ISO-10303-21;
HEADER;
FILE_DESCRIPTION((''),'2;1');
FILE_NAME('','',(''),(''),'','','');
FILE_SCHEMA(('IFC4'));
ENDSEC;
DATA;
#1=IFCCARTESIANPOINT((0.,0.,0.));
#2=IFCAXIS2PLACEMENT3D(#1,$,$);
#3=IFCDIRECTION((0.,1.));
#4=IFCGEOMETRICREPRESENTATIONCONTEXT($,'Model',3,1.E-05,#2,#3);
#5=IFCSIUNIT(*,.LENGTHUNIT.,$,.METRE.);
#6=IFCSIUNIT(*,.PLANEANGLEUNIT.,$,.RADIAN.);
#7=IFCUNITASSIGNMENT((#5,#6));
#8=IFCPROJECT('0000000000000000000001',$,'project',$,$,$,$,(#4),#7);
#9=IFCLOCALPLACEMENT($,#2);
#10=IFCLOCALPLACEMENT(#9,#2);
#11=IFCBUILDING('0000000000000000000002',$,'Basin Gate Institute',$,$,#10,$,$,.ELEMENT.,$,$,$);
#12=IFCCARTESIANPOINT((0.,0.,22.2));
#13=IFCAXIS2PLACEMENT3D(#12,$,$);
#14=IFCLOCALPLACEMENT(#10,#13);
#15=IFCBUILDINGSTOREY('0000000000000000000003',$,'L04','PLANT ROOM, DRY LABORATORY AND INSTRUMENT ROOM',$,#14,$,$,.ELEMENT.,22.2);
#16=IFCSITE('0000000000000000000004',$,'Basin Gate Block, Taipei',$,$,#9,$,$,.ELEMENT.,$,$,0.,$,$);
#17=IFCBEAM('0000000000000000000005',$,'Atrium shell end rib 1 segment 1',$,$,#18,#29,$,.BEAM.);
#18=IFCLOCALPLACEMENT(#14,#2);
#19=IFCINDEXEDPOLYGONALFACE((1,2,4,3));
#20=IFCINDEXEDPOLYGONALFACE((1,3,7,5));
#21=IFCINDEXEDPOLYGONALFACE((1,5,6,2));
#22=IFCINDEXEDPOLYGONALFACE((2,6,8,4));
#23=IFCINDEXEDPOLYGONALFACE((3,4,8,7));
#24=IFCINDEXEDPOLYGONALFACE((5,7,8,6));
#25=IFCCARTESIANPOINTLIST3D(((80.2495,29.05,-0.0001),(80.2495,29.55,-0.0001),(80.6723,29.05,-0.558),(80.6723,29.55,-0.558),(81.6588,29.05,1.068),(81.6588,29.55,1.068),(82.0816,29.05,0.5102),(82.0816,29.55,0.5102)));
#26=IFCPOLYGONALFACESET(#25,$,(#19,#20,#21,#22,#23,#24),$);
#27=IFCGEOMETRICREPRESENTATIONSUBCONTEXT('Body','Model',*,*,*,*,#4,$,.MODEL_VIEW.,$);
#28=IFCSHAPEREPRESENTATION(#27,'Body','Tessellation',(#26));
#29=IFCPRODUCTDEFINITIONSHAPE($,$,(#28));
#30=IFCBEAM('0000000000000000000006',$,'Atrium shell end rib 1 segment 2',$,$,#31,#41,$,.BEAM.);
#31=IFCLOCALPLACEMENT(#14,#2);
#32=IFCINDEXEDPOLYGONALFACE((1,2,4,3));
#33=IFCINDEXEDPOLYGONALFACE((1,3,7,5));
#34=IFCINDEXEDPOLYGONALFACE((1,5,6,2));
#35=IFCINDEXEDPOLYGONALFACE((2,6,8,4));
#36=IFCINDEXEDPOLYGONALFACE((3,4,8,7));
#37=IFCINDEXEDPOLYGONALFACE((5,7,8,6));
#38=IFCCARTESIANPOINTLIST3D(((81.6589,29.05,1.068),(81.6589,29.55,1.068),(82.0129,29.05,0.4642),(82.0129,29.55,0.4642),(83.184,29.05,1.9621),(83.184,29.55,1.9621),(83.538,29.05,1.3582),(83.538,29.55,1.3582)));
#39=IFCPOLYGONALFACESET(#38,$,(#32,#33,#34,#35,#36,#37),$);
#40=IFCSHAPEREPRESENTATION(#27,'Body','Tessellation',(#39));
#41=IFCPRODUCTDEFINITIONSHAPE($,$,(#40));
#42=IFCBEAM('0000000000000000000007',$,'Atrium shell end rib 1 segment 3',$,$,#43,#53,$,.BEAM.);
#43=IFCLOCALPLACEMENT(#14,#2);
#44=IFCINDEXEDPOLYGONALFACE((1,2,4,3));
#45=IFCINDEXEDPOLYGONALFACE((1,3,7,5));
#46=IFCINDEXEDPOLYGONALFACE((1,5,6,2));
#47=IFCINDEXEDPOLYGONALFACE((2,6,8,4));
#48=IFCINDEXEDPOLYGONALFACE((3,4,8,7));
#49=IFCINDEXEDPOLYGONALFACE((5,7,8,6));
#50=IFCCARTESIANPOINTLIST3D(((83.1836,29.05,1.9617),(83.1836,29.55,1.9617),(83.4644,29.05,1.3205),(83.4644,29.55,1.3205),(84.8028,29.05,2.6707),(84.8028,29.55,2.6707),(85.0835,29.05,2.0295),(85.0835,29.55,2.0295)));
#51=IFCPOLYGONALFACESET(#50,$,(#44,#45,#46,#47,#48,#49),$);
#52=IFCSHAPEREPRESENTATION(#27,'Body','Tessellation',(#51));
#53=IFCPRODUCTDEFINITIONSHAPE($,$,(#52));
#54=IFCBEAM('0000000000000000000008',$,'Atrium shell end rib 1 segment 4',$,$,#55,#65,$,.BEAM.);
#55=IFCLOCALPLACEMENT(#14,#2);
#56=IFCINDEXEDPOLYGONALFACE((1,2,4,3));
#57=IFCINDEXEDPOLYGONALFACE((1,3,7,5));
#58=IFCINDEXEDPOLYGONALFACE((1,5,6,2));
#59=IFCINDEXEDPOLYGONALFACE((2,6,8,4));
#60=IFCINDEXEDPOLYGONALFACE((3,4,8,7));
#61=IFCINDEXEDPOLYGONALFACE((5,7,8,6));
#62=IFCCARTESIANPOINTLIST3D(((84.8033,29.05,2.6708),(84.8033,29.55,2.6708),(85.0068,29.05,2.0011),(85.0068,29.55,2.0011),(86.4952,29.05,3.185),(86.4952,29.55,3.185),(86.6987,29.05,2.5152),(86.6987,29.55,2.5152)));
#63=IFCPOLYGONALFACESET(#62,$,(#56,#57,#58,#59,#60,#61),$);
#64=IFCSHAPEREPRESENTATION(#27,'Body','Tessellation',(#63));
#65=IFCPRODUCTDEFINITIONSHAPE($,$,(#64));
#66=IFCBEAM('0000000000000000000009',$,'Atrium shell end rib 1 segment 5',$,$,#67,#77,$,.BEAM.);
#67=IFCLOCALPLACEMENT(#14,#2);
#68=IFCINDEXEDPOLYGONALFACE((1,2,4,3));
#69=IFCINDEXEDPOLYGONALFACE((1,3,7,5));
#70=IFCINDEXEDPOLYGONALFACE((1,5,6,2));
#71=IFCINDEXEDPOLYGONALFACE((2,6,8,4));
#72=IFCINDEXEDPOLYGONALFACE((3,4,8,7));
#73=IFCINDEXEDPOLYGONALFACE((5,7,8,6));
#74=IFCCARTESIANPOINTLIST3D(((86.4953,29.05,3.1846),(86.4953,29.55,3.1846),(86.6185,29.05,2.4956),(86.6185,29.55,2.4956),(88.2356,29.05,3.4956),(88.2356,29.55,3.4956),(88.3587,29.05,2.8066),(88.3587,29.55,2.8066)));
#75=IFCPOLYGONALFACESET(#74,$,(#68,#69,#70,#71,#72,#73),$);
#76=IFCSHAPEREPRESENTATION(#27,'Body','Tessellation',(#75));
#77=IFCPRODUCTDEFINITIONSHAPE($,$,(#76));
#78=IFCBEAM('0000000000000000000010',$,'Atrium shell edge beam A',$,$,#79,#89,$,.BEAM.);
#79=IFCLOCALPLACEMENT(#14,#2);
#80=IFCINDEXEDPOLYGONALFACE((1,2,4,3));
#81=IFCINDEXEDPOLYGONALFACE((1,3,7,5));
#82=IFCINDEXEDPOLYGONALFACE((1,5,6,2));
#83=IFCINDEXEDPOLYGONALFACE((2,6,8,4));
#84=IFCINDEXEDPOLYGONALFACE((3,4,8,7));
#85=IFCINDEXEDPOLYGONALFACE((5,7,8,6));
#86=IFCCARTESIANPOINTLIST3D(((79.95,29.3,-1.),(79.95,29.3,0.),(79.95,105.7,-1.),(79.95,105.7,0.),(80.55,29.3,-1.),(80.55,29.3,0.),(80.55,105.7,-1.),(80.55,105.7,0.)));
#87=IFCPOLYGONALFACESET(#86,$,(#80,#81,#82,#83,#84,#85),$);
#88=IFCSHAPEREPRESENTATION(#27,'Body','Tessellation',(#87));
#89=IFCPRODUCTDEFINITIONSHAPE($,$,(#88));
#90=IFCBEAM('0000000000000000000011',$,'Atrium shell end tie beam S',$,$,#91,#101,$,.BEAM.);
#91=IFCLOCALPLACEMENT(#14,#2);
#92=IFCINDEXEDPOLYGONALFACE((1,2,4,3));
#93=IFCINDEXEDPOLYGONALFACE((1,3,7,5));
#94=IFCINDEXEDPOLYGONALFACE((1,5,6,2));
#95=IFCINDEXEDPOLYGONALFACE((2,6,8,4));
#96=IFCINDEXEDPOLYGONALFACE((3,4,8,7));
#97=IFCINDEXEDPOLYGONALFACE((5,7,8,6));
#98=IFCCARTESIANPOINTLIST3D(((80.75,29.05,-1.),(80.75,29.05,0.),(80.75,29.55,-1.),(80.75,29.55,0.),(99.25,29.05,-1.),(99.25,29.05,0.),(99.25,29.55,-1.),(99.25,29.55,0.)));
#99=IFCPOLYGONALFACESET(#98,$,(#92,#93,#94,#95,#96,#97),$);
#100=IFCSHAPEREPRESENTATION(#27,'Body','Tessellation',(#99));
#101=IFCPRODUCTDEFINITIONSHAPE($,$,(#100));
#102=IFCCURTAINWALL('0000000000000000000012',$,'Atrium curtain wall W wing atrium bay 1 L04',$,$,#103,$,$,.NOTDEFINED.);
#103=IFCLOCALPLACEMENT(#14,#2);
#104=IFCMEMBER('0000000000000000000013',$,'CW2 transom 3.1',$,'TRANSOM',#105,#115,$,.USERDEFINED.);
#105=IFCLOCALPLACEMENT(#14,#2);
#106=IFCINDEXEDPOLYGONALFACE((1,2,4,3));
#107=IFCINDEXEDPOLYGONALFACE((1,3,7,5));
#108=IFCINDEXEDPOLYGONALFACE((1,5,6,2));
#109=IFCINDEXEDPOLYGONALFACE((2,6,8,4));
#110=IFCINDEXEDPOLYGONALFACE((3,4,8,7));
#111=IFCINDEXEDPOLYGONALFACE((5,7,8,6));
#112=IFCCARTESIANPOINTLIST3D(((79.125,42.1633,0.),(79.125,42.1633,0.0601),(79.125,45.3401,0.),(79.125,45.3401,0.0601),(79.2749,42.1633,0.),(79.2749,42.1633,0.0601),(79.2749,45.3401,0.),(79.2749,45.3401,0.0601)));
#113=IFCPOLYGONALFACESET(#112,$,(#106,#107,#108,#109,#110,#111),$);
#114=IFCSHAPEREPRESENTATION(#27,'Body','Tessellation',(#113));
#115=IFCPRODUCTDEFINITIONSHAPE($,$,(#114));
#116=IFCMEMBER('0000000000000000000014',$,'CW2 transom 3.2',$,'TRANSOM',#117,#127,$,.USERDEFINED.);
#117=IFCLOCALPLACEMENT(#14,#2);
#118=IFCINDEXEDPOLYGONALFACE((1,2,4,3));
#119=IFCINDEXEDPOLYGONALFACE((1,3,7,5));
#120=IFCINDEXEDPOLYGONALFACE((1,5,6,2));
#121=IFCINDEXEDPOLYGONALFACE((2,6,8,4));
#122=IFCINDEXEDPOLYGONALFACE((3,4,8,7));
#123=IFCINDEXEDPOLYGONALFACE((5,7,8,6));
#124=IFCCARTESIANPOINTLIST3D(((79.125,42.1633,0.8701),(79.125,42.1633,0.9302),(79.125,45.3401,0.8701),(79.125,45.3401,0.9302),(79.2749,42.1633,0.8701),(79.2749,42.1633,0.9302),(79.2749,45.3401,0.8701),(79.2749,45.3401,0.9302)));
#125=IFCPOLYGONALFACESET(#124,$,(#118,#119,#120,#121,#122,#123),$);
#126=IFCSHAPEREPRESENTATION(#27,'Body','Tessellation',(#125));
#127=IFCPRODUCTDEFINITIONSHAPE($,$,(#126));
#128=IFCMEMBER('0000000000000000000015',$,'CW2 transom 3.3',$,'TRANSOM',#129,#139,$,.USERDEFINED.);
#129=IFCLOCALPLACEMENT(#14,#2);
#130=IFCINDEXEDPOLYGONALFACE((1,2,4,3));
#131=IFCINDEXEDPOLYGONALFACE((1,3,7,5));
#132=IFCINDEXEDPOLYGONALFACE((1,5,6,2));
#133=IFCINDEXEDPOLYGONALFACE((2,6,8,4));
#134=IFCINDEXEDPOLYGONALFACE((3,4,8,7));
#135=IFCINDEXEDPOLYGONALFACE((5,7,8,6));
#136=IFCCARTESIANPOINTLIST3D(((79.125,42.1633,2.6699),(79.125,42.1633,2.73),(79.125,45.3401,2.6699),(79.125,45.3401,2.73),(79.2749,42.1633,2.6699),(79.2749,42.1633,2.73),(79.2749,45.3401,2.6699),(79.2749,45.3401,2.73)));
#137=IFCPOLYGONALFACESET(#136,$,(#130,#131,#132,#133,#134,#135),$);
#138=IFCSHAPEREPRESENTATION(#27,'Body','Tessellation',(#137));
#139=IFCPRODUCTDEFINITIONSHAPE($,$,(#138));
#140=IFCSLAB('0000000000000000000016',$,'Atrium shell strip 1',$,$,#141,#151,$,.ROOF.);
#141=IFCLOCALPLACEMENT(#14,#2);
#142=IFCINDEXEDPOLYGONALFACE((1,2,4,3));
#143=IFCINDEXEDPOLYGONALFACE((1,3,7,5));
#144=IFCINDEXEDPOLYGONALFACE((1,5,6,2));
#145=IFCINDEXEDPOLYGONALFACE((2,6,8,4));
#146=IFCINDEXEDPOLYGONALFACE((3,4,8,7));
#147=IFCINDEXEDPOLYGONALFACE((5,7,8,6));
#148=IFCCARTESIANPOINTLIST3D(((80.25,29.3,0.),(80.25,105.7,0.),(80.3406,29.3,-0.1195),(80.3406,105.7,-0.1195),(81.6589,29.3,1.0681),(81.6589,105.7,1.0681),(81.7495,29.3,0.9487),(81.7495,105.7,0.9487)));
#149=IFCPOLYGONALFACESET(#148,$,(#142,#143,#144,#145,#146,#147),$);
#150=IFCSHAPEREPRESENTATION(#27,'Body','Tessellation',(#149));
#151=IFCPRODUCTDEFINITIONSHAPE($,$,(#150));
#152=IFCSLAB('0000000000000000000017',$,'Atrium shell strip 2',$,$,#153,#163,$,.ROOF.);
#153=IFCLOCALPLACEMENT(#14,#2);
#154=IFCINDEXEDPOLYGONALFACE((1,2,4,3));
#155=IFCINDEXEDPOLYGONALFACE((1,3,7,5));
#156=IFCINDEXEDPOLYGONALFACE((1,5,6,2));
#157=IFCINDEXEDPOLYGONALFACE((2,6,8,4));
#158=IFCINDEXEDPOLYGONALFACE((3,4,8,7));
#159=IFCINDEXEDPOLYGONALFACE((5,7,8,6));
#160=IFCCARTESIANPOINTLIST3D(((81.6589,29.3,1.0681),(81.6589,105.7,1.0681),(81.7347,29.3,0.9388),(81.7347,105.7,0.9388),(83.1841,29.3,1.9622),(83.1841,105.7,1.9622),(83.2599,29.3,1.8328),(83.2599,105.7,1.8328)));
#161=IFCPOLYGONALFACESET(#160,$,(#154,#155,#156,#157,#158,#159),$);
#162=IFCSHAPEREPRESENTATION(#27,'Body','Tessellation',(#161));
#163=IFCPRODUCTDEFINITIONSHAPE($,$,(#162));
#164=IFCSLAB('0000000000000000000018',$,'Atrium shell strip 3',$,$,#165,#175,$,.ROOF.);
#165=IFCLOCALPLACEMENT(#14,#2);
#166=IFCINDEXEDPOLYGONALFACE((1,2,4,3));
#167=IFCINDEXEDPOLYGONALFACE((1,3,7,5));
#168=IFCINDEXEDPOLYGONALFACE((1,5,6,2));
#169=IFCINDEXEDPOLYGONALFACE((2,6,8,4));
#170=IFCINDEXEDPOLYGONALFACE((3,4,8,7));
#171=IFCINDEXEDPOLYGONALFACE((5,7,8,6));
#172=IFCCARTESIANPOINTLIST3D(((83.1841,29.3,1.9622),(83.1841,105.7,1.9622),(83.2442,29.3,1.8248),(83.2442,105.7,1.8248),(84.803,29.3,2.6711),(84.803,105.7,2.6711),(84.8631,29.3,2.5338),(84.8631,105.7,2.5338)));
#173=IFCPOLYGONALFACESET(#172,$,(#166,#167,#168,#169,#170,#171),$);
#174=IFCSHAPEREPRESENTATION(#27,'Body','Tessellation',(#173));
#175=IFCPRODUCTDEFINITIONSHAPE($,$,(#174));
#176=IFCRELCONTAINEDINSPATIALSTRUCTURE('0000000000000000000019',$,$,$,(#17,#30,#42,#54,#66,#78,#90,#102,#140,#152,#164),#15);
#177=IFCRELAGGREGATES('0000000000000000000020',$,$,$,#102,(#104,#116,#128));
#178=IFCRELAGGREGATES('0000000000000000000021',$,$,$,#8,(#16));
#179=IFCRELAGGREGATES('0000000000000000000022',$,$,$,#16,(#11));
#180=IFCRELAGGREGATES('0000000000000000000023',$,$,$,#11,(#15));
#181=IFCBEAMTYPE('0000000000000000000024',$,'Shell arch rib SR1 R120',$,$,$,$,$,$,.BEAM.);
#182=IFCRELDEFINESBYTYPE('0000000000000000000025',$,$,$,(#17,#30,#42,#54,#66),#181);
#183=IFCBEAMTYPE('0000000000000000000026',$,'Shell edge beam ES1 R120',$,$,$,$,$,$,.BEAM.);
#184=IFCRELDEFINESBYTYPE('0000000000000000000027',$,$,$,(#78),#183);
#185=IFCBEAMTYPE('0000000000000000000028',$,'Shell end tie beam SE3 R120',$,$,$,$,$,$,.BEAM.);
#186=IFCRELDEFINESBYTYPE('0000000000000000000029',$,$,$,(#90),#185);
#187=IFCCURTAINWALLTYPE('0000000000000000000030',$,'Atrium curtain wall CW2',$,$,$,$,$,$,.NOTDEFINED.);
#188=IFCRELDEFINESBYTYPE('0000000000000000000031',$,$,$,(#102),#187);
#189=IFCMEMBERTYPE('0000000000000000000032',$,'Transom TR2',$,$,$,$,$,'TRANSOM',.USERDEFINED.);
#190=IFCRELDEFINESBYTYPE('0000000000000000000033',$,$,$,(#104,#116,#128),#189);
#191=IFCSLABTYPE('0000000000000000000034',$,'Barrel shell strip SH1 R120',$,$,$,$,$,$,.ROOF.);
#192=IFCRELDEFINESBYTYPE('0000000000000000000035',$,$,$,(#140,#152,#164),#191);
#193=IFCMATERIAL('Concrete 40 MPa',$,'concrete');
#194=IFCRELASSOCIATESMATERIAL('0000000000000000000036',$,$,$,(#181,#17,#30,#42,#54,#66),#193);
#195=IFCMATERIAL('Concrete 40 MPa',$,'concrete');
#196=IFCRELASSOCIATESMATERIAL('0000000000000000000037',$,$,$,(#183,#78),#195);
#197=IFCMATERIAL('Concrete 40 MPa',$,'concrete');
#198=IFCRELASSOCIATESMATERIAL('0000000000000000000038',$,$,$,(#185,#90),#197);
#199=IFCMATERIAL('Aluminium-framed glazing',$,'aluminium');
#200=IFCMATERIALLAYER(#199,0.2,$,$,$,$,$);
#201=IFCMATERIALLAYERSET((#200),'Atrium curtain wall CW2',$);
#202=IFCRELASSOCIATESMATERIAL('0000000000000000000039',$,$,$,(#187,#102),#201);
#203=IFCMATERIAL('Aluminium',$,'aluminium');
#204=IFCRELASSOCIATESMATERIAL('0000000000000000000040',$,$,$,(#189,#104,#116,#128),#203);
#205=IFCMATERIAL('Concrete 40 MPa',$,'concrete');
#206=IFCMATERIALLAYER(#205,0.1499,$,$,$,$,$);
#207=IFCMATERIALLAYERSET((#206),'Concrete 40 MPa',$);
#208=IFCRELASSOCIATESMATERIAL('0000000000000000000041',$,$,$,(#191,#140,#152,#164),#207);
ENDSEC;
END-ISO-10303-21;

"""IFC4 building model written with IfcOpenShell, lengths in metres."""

from ifc_helpers import new_model, si_unit, direction, frame, origin, origin_2d, place, context, subcontext, project, spatial, polyline, rectangle, outline, extrude, material, layer, layer_set, material_profile, profile_set, type_object, element, aggregate, save


model = new_model("IFC4")

# Units and contexts
model_context = context("Model", 3, precision=1e-05, world=origin(), true_north=direction((0.0, 1.0)))
body_context = subcontext(model_context, "Body", "Model", "MODEL_VIEW")
ifc_project = project(units=[si_unit("LENGTHUNIT", "METRE"), si_unit("PLANEANGLEUNIT", "RADIAN")], contexts=[model_context])

# Site, building, storey
site_placement = place(None, origin())
site = spatial("IfcSite", under=ifc_project, at=site_placement, Name="Basin Gate Block, Taipei", CompositionType="ELEMENT", RefElevation=0.0)
building_placement = place(site_placement, origin())
building = spatial("IfcBuilding", under=site, at=building_placement, Name="Basin Gate Institute", CompositionType="ELEMENT")
storey_placement = place(building_placement, frame((0.0, 0.0, 22.2)))
storey = spatial("IfcBuildingStorey", under=building, at=storey_placement, Name="L04", Description="PLANT ROOM, DRY LABORATORY AND INSTRUMENT ROOM", CompositionType="ELEMENT", Elevation=22.2)

# Beams
ifc_material_1 = material(Name="Concrete 40 MPa", Category="concrete")
ifc_material_profile_1 = material_profile(ifc_material_1, rectangle(XDim=0.5, YDim=0.7, at=origin_2d()), Name="Shell arch rib SR1 500 x 700")
ifc_profile_set_1 = profile_set([ifc_material_profile_1], Name="Concrete 40 MPa")
beam_type_1 = type_object("IfcBeamType", Name="Shell arch rib SR1 R120", PredefinedType="BEAM", material=ifc_profile_set_1)
beam_1_placement = place(storey_placement, frame((80.4609, 29.3, -0.2791), z_axis=(0.796941, 0.0, 0.604057), x_axis=(0.0, 1.0, 0.0)))
element("IfcBeam", 1, at=beam_1_placement, inside=storey, type_object=beam_type_1, material=ifc_profile_set_1, Name="Atrium shell end rib 1 segment 1", PredefinedType="BEAM", context=body_context, shape_type="SweptSolid", body=[
    extrude(rectangle(XDim=0.5, YDim=0.7, at=origin_2d()), origin(), (0.0, 0.0, 1.0), 1.7683),
])
beam_2_placement = place(storey_placement, frame((81.8359, 29.3, 0.7661), z_axis=(0.8627, 0.0, 0.505716), x_axis=(0.0, 1.0, 0.0)))
element("IfcBeam", 2, at=beam_2_placement, inside=storey, type_object=beam_type_1, material=ifc_profile_set_1, Name="Atrium shell end rib 1 segment 2", PredefinedType="BEAM", context=body_context, shape_type="SweptSolid", body=[
    extrude(rectangle(XDim=0.5, YDim=0.7, at=origin_2d()), origin(), (0.0, 0.0, 1.0), 1.7678),
])
beam_3_placement = place(storey_placement, frame((83.324, 29.3, 1.6411), z_axis=(0.91603, 0.0, 0.401109), x_axis=(0.0, 1.0, 0.0)))
element("IfcBeam", 3, at=beam_3_placement, inside=storey, type_object=beam_type_1, material=ifc_profile_set_1, Name="Atrium shell end rib 1 segment 3", PredefinedType="BEAM", context=body_context, shape_type="SweptSolid", body=[
    extrude(rectangle(XDim=0.5, YDim=0.7, at=origin_2d()), origin(), (0.0, 0.0, 1.0), 1.7676),
])
beam_4_placement = place(storey_placement, frame((84.905, 29.3, 2.3359), z_axis=(0.956794, 0.0, 0.290766), x_axis=(0.0, 1.0, 0.0)))
element("IfcBeam", 4, at=beam_4_placement, inside=storey, type_object=beam_type_1, material=ifc_profile_set_1, Name="Atrium shell end rib 1 segment 4", PredefinedType="BEAM", context=body_context, shape_type="SweptSolid", body=[
    extrude(rectangle(XDim=0.5, YDim=0.7, at=origin_2d()), origin(), (0.0, 0.0, 1.0), 1.7683),
])
beam_5_placement = place(storey_placement, frame((86.5569, 29.3, 2.8401), z_axis=(0.9844, 0.0, 0.175944), x_axis=(0.0, 1.0, 0.0)))
element("IfcBeam", 5, at=beam_5_placement, inside=storey, type_object=beam_type_1, material=ifc_profile_set_1, Name="Atrium shell end rib 1 segment 5", PredefinedType="BEAM", context=body_context, shape_type="SweptSolid", body=[
    extrude(rectangle(XDim=0.5, YDim=0.7, at=origin_2d()), origin(), (0.0, 0.0, 1.0), 1.7678),
])
ifc_material_2 = material(Name="Concrete 40 MPa", Category="concrete")
ifc_material_profile_2 = material_profile(ifc_material_2, rectangle(XDim=0.6001, YDim=1.0, at=origin_2d()), Name="Shell edge beam ES1 600 x 1000")
ifc_profile_set_2 = profile_set([ifc_material_profile_2], Name="Concrete 40 MPa")
beam_type_2 = type_object("IfcBeamType", Name="Shell edge beam ES1 R120", PredefinedType="BEAM", material=ifc_profile_set_2)
beam_6_placement = place(storey_placement, frame((80.25, 29.3, -0.5), z_axis=(0.0, 1.0, 0.0), x_axis=(-1.0, 0.0, 0.0)))
element("IfcBeam", 6, at=beam_6_placement, inside=storey, type_object=beam_type_2, material=ifc_profile_set_2, Name="Atrium shell edge beam A", PredefinedType="BEAM", context=body_context, shape_type="SweptSolid", body=[
    extrude(rectangle(XDim=0.6001, YDim=1.0, at=origin_2d()), origin(), (0.0, 0.0, 1.0), 76.3999),
])
ifc_material_3 = material(Name="Concrete 40 MPa", Category="concrete")
ifc_material_profile_3 = material_profile(ifc_material_3, rectangle(XDim=0.5, YDim=1.0, at=origin_2d()), Name="Shell end tie beam SE3 500 x 1000")
ifc_profile_set_3 = profile_set([ifc_material_profile_3], Name="Concrete 40 MPa")
beam_type_3 = type_object("IfcBeamType", Name="Shell end tie beam SE3 R120", PredefinedType="BEAM", material=ifc_profile_set_3)
beam_7_placement = place(storey_placement, frame((80.75, 29.3, -0.5), z_axis=(1.0, 0.0, 0.0), x_axis=(0.0, 1.0, 0.0)))
element("IfcBeam", 7, at=beam_7_placement, inside=storey, type_object=beam_type_3, material=ifc_profile_set_3, Name="Atrium shell end tie beam S", PredefinedType="BEAM", context=body_context, shape_type="SweptSolid", body=[
    extrude(rectangle(XDim=0.5, YDim=1.0, at=origin_2d()), origin(), (0.0, 0.0, 1.0), 18.5),
])

# Curtain wall, members
ifc_material_4 = material(Name="Aluminium-framed glazing", Category="aluminium")
ifc_layer_1 = layer(ifc_material_4, 0.2)
ifc_layer_set_1 = layer_set([ifc_layer_1], Name="Atrium curtain wall CW2")
curtain_wall_type = type_object("IfcCurtainWallType", Name="Atrium curtain wall CW2", PredefinedType="NOTDEFINED", material=ifc_layer_set_1)
curtain_wall_placement = place(storey_placement, origin())
curtain_wall = element("IfcCurtainWall", 8, at=curtain_wall_placement, inside=storey, type_object=curtain_wall_type, material=ifc_layer_set_1, Name="Atrium curtain wall W wing atrium bay 1 L04", PredefinedType="NOTDEFINED")
ifc_material_5 = material(Name="Aluminium", Category="aluminium")
ifc_material_profile_4 = material_profile(ifc_material_5, rectangle(XDim=0.1499, YDim=0.0601, at=origin_2d()), Name="Transom TR2 150 x 60")
ifc_profile_set_4 = profile_set([ifc_material_profile_4], Name="Aluminium")
member_type = type_object("IfcMemberType", Name="Transom TR2", ElementType="TRANSOM", PredefinedType="USERDEFINED", material=ifc_profile_set_4)
member_1_placement = place(storey_placement, frame((79.2, 42.1633, 0.03), z_axis=(0.0, 1.0, 0.0), x_axis=(-1.0, 0.0, 0.0)))
member_1 = element("IfcMember", 9, at=member_1_placement, type_object=member_type, material=ifc_profile_set_4, Name="CW2 transom 3.1", ObjectType="TRANSOM", PredefinedType="USERDEFINED", context=body_context, shape_type="SweptSolid", body=[
    extrude(rectangle(XDim=0.1499, YDim=0.0601, at=origin_2d()), origin(), (0.0, 0.0, 1.0), 3.1768),
])
member_2_placement = place(storey_placement, frame((79.2, 42.1633, 0.9001), z_axis=(0.0, 1.0, 0.0), x_axis=(-1.0, 0.0, 0.0)))
member_2 = element("IfcMember", 10, at=member_2_placement, type_object=member_type, material=ifc_profile_set_4, Name="CW2 transom 3.2", ObjectType="TRANSOM", PredefinedType="USERDEFINED", context=body_context, shape_type="SweptSolid", body=[
    extrude(rectangle(XDim=0.1499, YDim=0.0601, at=origin_2d()), origin(), (0.0, 0.0, 1.0), 3.1768),
])
member_3_placement = place(storey_placement, frame((79.2, 42.1633, 2.7), z_axis=(0.0, 1.0, 0.0), x_axis=(-1.0, 0.0, 0.0)))
member_3 = element("IfcMember", 11, at=member_3_placement, type_object=member_type, material=ifc_profile_set_4, Name="CW2 transom 3.3", ObjectType="TRANSOM", PredefinedType="USERDEFINED", context=body_context, shape_type="SweptSolid", body=[
    extrude(rectangle(XDim=0.1499, YDim=0.0601, at=origin_2d()), origin(), (0.0, 0.0, 1.0), 3.1768),
])
aggregate(curtain_wall, [member_1, member_2, member_3])

# Slabs
ifc_material_6 = material(Name="Concrete 40 MPa", Category="concrete")
ifc_layer_2 = layer(ifc_material_6, 0.1499)
ifc_layer_set_2 = layer_set([ifc_layer_2], Name="Concrete 40 MPa")
slab_type = type_object("IfcSlabType", Name="Barrel shell strip SH1 R120", PredefinedType="ROOF", material=ifc_layer_set_2)
slab_1_placement = place(storey_placement, frame((80.25, 29.3, 0.0), z_axis=(-0.604124, 0.0, 0.796891), x_axis=(0.796891, 0.0, 0.604124)))
element("IfcSlab", 12, at=slab_1_placement, inside=storey, type_object=slab_type, material=ifc_layer_set_2, Name="Atrium shell strip 1", PredefinedType="ROOF", context=body_context, shape_type="SweptSolid", body=[
    extrude(outline(polyline([(0.0, 0.0), (1.768, 0.0), (1.768, 76.3999), (0.0, 76.3999), (0.0, 0.0)])), origin(), (0.0, 0.0, -1.0), 0.1499),
])
slab_2_placement = place(storey_placement, frame((81.6589, 29.3, 1.0681), z_axis=(-0.505716, 0.0, 0.8627), x_axis=(0.8627, 0.0, 0.505716)))
element("IfcSlab", 13, at=slab_2_placement, inside=storey, type_object=slab_type, material=ifc_layer_set_2, Name="Atrium shell strip 2", PredefinedType="ROOF", context=body_context, shape_type="SweptSolid", body=[
    extrude(outline(polyline([(0.0, 0.0), (1.7679, 0.0), (1.7679, 76.3999), (0.0, 76.3999), (0.0, 0.0)])), origin(), (0.0, 0.0, -1.0), 0.1499),
])
slab_3_placement = place(storey_placement, frame((83.1841, 29.3, 1.9622), z_axis=(-0.401159, 0.0, 0.916008), x_axis=(0.916008, 0.0, 0.401159)))
element("IfcSlab", 14, at=slab_3_placement, inside=storey, type_object=slab_type, material=ifc_layer_set_2, Name="Atrium shell strip 3", PredefinedType="ROOF", context=body_context, shape_type="SweptSolid", body=[
    extrude(outline(polyline([(0.0, 0.0), (1.7673, 0.0), (1.7673, 76.3999), (0.0, 76.3999), (0.0, 0.0)])), origin(), (0.0, 0.0, -1.0), 0.1499),
])

save(model, "model.ifc")
